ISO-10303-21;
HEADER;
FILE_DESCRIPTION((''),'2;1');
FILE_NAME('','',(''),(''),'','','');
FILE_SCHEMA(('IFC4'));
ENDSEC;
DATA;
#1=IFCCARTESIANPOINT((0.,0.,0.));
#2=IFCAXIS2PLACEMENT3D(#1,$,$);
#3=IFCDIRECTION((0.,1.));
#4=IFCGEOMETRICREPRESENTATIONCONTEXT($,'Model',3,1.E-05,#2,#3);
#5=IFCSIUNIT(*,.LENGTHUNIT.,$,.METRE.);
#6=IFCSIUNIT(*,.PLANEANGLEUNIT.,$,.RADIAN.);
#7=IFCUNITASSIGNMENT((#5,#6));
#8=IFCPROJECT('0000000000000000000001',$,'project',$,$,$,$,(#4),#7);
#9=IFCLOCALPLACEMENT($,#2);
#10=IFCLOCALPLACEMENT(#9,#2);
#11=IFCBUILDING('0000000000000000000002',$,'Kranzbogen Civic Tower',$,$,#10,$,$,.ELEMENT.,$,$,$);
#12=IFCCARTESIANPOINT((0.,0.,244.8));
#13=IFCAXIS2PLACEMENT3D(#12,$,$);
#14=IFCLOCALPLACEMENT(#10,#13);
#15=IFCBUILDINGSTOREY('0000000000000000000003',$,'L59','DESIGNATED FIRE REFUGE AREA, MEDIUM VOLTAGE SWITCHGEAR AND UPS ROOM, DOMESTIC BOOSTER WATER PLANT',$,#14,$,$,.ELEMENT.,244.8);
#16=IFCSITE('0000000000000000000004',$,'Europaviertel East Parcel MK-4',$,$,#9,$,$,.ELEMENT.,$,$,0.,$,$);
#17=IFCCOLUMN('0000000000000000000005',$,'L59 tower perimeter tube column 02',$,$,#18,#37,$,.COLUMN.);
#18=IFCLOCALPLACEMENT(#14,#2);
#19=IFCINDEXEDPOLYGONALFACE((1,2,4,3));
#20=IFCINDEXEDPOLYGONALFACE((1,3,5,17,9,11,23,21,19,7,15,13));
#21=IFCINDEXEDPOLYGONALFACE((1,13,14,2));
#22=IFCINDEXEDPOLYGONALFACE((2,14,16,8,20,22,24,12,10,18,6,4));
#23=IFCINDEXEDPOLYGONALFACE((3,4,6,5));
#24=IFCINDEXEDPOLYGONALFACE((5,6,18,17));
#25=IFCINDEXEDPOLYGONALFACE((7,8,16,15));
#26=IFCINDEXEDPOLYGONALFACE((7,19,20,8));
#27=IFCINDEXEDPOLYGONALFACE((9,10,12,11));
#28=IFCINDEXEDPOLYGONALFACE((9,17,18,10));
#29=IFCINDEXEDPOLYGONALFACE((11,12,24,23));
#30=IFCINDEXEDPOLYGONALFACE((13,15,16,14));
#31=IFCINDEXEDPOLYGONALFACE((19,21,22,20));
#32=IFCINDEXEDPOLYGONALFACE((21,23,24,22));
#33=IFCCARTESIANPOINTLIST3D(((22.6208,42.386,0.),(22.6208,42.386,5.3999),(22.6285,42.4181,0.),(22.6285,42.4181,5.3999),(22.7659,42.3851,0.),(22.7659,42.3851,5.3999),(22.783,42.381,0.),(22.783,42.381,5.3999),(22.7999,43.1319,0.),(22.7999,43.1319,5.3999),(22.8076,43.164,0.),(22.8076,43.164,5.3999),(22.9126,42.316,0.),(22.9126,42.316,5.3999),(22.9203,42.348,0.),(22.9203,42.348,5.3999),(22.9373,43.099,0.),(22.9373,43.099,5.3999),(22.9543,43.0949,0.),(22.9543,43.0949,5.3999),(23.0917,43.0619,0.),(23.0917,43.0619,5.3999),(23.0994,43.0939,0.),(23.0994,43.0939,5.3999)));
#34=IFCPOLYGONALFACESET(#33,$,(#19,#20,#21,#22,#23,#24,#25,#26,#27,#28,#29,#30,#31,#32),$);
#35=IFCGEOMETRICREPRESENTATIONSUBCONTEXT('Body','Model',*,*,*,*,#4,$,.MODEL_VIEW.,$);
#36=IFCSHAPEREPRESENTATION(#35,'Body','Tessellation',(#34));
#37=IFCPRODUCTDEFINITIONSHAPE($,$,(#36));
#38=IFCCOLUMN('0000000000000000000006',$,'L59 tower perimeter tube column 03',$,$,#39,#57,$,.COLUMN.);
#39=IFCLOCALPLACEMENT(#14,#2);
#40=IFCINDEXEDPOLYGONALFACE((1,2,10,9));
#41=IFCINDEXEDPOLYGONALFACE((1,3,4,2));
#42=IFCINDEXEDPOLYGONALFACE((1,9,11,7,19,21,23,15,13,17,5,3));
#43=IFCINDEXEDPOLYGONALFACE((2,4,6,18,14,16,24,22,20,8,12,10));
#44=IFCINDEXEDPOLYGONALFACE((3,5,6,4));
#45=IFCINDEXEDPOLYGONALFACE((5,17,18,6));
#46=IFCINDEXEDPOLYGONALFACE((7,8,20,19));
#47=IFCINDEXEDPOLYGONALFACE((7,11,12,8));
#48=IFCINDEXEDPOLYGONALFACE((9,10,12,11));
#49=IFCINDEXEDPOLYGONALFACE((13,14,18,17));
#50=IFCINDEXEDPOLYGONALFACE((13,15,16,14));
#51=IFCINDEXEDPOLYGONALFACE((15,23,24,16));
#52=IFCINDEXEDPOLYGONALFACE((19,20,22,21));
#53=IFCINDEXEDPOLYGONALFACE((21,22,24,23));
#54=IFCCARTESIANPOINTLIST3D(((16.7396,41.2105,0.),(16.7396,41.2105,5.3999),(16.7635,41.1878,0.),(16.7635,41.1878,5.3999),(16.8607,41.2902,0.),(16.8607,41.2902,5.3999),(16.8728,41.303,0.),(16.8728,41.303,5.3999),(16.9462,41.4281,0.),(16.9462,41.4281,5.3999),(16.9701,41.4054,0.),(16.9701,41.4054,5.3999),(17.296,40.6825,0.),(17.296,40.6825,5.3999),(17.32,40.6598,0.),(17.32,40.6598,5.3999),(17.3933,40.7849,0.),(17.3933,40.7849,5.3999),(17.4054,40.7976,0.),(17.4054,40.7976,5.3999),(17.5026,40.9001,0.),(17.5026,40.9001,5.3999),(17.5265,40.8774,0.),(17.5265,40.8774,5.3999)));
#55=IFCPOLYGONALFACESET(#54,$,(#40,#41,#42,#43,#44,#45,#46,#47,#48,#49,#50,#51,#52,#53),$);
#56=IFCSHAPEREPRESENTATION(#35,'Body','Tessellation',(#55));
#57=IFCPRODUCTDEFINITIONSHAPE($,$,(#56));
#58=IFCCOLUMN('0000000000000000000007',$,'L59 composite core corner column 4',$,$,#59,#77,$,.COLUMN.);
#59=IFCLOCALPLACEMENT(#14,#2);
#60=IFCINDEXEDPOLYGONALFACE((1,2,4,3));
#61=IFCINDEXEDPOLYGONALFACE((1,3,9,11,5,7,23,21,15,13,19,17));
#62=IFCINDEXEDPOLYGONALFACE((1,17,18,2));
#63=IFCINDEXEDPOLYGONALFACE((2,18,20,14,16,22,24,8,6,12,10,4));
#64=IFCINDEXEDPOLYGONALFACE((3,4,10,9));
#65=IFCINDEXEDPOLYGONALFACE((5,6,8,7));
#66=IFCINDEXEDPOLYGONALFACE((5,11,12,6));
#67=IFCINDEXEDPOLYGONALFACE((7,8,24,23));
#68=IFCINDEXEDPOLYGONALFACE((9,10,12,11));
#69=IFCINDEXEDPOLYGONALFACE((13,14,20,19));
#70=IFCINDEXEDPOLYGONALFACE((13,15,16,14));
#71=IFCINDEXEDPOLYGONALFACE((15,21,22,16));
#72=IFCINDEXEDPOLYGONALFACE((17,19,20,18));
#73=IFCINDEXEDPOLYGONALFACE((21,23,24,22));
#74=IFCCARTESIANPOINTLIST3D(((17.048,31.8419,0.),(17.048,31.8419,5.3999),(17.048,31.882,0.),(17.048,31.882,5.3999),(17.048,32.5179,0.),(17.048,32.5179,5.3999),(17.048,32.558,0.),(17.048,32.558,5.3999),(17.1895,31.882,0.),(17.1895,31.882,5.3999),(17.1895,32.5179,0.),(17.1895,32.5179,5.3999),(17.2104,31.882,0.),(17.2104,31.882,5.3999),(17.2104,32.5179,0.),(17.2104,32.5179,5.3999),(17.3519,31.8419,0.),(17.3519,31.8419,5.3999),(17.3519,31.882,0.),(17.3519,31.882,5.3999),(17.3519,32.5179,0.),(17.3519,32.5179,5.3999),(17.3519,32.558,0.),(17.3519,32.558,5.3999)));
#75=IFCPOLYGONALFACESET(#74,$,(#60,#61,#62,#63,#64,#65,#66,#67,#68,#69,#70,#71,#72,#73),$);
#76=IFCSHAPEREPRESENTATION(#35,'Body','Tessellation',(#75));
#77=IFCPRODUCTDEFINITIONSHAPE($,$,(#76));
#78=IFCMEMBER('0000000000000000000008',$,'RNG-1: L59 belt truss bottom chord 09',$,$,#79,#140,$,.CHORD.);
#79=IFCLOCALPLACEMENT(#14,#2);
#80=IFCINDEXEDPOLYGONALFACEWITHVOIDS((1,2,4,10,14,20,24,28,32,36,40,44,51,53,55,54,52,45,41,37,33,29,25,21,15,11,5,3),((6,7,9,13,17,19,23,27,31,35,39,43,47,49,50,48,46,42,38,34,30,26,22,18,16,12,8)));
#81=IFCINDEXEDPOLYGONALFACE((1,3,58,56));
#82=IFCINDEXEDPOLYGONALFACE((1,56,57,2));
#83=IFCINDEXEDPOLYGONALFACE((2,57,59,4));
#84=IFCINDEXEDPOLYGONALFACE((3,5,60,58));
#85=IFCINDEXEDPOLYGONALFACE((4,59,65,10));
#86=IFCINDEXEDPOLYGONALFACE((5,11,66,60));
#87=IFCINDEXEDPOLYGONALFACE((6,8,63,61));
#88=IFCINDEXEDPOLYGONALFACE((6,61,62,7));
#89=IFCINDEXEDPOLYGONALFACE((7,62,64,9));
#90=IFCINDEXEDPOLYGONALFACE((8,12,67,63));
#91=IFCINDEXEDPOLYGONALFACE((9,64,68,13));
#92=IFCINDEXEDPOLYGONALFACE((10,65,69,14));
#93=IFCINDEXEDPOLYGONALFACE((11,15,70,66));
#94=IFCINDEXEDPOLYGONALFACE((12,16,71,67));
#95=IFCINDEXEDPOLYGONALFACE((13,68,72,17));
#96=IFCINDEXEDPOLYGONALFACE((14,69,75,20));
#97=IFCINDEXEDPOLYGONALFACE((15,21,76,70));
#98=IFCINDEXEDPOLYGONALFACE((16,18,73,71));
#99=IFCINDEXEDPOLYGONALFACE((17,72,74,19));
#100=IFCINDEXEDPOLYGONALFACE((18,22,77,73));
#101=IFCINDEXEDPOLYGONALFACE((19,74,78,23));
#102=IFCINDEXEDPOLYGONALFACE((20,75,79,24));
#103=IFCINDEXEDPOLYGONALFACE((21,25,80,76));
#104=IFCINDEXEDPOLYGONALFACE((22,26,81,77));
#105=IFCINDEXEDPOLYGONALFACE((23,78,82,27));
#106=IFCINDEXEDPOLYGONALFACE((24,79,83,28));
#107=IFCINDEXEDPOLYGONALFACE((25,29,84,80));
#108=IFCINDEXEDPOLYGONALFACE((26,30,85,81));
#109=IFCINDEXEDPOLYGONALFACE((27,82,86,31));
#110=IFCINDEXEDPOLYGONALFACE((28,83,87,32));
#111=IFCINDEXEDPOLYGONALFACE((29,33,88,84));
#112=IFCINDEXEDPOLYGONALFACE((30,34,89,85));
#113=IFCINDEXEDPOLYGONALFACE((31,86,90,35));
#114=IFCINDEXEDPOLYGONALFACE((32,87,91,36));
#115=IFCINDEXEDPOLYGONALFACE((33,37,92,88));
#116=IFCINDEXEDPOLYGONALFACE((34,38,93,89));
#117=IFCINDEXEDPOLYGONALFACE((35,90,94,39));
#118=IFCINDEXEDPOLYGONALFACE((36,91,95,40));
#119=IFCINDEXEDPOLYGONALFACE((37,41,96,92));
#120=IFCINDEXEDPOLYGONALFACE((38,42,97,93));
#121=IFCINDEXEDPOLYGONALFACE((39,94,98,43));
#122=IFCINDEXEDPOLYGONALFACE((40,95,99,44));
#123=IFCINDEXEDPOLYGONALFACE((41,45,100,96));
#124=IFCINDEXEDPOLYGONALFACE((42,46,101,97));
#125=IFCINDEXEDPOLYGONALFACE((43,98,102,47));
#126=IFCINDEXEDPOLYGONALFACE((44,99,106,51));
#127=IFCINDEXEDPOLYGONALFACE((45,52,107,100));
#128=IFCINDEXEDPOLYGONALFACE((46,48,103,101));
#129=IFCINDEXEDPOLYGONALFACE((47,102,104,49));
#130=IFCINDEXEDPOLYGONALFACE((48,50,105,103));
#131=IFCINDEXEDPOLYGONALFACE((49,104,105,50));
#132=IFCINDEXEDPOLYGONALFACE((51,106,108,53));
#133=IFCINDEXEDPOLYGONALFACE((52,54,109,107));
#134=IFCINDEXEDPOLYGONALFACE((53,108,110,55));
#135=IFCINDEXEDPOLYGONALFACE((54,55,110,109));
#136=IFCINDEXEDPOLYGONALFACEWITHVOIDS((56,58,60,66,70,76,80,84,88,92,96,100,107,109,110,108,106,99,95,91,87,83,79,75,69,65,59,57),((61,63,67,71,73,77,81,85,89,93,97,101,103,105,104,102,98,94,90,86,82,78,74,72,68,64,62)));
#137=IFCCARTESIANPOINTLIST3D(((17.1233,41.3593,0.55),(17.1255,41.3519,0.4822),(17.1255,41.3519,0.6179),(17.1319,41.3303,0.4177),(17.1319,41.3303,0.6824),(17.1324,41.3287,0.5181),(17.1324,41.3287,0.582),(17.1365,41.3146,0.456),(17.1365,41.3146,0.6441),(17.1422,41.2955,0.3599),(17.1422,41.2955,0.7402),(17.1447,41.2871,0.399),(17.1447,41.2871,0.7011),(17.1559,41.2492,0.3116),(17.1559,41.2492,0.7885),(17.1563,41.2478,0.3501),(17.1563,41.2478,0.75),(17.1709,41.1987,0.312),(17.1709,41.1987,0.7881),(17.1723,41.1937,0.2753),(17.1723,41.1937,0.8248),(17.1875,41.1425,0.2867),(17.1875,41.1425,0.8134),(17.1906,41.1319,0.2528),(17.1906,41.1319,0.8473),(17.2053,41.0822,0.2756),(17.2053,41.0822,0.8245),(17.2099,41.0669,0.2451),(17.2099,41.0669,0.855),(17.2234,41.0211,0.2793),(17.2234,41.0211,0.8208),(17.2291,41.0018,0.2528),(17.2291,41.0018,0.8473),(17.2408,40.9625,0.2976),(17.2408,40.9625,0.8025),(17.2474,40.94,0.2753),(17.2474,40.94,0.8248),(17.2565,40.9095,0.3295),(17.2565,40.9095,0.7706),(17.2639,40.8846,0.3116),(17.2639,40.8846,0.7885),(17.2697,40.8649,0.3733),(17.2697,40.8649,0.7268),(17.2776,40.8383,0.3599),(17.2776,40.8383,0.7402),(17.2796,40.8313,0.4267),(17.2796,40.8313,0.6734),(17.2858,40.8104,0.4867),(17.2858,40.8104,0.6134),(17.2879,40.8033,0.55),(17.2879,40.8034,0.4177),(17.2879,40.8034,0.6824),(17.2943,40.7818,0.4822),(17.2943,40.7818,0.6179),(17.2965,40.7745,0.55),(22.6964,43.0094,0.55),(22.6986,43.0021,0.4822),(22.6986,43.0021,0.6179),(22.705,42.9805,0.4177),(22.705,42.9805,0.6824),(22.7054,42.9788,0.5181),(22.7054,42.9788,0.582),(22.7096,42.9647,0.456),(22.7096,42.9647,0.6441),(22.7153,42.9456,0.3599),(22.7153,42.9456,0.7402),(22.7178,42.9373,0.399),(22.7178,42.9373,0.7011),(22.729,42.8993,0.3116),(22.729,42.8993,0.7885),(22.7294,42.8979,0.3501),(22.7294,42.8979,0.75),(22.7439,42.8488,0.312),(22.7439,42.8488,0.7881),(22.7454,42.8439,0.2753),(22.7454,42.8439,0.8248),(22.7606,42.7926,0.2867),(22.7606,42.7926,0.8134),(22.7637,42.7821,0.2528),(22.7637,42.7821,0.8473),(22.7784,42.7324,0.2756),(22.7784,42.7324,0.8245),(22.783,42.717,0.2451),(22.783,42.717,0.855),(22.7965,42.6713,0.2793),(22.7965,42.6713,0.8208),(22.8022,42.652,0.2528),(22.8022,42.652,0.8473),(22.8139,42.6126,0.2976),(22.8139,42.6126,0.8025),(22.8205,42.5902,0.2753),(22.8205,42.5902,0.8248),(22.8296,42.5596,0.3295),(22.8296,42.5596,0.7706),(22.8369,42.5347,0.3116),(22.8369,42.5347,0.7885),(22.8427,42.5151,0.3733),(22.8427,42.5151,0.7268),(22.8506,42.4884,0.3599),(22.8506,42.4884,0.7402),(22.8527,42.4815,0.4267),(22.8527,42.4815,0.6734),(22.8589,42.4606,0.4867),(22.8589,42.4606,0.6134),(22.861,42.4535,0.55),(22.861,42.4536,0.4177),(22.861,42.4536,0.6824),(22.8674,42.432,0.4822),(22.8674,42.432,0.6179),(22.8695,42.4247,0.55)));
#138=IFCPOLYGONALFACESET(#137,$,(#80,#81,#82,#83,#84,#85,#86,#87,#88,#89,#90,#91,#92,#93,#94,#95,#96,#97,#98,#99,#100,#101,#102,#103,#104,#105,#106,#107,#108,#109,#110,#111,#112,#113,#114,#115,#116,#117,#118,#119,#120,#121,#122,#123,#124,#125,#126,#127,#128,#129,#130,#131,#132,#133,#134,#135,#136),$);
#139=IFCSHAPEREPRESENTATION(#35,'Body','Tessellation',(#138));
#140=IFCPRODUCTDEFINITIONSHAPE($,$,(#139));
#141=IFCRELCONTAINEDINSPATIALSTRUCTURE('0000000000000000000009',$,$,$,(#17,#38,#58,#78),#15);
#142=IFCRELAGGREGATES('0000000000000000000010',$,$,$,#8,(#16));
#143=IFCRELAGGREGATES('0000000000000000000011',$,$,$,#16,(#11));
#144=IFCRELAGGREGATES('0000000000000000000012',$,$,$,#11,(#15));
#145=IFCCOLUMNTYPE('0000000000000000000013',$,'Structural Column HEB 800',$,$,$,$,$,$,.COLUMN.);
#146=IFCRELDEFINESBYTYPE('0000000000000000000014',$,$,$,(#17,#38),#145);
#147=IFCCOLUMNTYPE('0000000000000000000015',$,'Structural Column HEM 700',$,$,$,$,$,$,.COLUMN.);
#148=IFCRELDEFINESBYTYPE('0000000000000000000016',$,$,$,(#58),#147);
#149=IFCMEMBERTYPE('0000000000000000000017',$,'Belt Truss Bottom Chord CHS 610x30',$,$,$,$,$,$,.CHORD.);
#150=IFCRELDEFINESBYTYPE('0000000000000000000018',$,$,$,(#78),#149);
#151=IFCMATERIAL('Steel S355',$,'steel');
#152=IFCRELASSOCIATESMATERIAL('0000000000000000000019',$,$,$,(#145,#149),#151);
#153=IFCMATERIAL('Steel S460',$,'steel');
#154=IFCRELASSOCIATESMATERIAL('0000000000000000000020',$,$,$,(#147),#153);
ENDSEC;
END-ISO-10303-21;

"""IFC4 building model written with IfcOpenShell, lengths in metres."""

from ifc_helpers import new_model, si_unit, direction, frame, origin, origin_2d, place, context, subcontext, project, spatial, hollow_circle, i_section, extrude, material, material_profile, profile_set, type_object, element, save


model = new_model("IFC4")

# Units and contexts
model_context = context("Model", 3, precision=1e-05, world=origin(), true_north=direction((0.0, 1.0)))
body_context = subcontext(model_context, "Body", "Model", "MODEL_VIEW")
ifc_project = project(units=[si_unit("LENGTHUNIT", "METRE"), si_unit("PLANEANGLEUNIT", "RADIAN")], contexts=[model_context])

# Site, building, storey
site_placement = place(None, origin())
site = spatial("IfcSite", under=ifc_project, at=site_placement, Name="Europaviertel East Parcel MK-4", CompositionType="ELEMENT", RefElevation=0.0)
building_placement = place(site_placement, origin())
building = spatial("IfcBuilding", under=site, at=building_placement, Name="Kranzbogen Civic Tower", CompositionType="ELEMENT")
storey_placement = place(building_placement, frame((0.0, 0.0, 244.8)))
storey = spatial("IfcBuildingStorey", under=building, at=storey_placement, Name="L59", Description="DESIGNATED FIRE REFUGE AREA, MEDIUM VOLTAGE SWITCHGEAR AND UPS ROOM, DOMESTIC BOOSTER WATER PLANT", CompositionType="ELEMENT", Elevation=244.8)

# Columns
ifc_material_1 = material(Name="Steel S355", Category="steel")
ifc_material_profile_1 = material_profile(ifc_material_1, i_section(OverallWidth=0.3, OverallDepth=0.8, WebThickness=0.0176, FlangeThickness=0.033, at=origin_2d()), Name="HEB 800")
ifc_profile_set_1 = profile_set([ifc_material_profile_1], Name="Steel S355")
column_type_1 = type_object("IfcColumnType", Name="Structural Column HEB 800", PredefinedType="COLUMN", material=ifc_profile_set_1)
for number, where, z_axis, x_axis, name in (
    (1, (22.8601, 42.74, 0.0), (0.0, 0.0, 1.0), (-0.97237, 0.233445, 0.0), "L59 tower perimeter tube column 02"),
    (2, (17.1331, 41.0439, 0.0), (0.0, 0.0, 1.0), (0.688355, 0.725374, 0.0), "L59 tower perimeter tube column 03"),
):
    element("IfcColumn", number, at=place(storey_placement, frame(where, z_axis=z_axis, x_axis=x_axis)), inside=storey, type_object=column_type_1, Name=name, PredefinedType="COLUMN", context=body_context, shape_type="SweptSolid", body=[
        extrude(i_section(OverallWidth=0.3, OverallDepth=0.8, WebThickness=0.0176, FlangeThickness=0.033, at=origin_2d()), origin(), (0.0, 0.0, 1.0), 5.3999),
    ])
ifc_material_2 = material(Name="Steel S460", Category="steel")
ifc_material_profile_2 = material_profile(ifc_material_2, i_section(OverallWidth=0.304, OverallDepth=0.7161, WebThickness=0.021, FlangeThickness=0.04, at=origin_2d()), Name="HEM 700")
ifc_profile_set_2 = profile_set([ifc_material_profile_2], Name="Steel S460")
column_type_2 = type_object("IfcColumnType", Name="Structural Column HEM 700", PredefinedType="COLUMN", material=ifc_profile_set_2)
column_placement = place(storey_placement, frame((17.2, 32.2, 0.0), z_axis=(0.0, 0.0, 1.0), x_axis=(1.0, 0.0, 0.0)))
element("IfcColumn", 3, at=column_placement, inside=storey, type_object=column_type_2, Name="L59 composite core corner column 4", PredefinedType="COLUMN", context=body_context, shape_type="SweptSolid", body=[
    extrude(i_section(OverallWidth=0.304, OverallDepth=0.7161, WebThickness=0.021, FlangeThickness=0.04, at=origin_2d()), origin(), (0.0, 0.0, 1.0), 5.3999),
])

# Member
ifc_material_profile_3 = material_profile(ifc_material_1, hollow_circle(Radius=0.3049, WallThickness=0.03, at=origin_2d()), Name="CHS 610x30")
ifc_profile_set_3 = profile_set([ifc_material_profile_3], Name="Steel S355")
member_type_1 = type_object("IfcMemberType", Name="Belt Truss Bottom Chord CHS 610x30", PredefinedType="CHORD", material=ifc_profile_set_3)
member_1_placement = place(storey_placement, frame((22.783, 42.717, 0.55), z_axis=(-0.95885, -0.283912, 0.0), x_axis=(0.283912, -0.95885, 0.0)))
element("IfcMember", 4, at=member_1_placement, inside=storey, type_object=member_type_1, Name="RNG-1: L59 belt truss bottom chord 09", PredefinedType="CHORD", context=body_context, shape_type="SweptSolid", body=[
    extrude(hollow_circle(Radius=0.3049, WallThickness=0.03, at=origin_2d()), origin(), (0.0, 0.0, 1.0), 5.8123),
])

save(model, "model.ifc")
